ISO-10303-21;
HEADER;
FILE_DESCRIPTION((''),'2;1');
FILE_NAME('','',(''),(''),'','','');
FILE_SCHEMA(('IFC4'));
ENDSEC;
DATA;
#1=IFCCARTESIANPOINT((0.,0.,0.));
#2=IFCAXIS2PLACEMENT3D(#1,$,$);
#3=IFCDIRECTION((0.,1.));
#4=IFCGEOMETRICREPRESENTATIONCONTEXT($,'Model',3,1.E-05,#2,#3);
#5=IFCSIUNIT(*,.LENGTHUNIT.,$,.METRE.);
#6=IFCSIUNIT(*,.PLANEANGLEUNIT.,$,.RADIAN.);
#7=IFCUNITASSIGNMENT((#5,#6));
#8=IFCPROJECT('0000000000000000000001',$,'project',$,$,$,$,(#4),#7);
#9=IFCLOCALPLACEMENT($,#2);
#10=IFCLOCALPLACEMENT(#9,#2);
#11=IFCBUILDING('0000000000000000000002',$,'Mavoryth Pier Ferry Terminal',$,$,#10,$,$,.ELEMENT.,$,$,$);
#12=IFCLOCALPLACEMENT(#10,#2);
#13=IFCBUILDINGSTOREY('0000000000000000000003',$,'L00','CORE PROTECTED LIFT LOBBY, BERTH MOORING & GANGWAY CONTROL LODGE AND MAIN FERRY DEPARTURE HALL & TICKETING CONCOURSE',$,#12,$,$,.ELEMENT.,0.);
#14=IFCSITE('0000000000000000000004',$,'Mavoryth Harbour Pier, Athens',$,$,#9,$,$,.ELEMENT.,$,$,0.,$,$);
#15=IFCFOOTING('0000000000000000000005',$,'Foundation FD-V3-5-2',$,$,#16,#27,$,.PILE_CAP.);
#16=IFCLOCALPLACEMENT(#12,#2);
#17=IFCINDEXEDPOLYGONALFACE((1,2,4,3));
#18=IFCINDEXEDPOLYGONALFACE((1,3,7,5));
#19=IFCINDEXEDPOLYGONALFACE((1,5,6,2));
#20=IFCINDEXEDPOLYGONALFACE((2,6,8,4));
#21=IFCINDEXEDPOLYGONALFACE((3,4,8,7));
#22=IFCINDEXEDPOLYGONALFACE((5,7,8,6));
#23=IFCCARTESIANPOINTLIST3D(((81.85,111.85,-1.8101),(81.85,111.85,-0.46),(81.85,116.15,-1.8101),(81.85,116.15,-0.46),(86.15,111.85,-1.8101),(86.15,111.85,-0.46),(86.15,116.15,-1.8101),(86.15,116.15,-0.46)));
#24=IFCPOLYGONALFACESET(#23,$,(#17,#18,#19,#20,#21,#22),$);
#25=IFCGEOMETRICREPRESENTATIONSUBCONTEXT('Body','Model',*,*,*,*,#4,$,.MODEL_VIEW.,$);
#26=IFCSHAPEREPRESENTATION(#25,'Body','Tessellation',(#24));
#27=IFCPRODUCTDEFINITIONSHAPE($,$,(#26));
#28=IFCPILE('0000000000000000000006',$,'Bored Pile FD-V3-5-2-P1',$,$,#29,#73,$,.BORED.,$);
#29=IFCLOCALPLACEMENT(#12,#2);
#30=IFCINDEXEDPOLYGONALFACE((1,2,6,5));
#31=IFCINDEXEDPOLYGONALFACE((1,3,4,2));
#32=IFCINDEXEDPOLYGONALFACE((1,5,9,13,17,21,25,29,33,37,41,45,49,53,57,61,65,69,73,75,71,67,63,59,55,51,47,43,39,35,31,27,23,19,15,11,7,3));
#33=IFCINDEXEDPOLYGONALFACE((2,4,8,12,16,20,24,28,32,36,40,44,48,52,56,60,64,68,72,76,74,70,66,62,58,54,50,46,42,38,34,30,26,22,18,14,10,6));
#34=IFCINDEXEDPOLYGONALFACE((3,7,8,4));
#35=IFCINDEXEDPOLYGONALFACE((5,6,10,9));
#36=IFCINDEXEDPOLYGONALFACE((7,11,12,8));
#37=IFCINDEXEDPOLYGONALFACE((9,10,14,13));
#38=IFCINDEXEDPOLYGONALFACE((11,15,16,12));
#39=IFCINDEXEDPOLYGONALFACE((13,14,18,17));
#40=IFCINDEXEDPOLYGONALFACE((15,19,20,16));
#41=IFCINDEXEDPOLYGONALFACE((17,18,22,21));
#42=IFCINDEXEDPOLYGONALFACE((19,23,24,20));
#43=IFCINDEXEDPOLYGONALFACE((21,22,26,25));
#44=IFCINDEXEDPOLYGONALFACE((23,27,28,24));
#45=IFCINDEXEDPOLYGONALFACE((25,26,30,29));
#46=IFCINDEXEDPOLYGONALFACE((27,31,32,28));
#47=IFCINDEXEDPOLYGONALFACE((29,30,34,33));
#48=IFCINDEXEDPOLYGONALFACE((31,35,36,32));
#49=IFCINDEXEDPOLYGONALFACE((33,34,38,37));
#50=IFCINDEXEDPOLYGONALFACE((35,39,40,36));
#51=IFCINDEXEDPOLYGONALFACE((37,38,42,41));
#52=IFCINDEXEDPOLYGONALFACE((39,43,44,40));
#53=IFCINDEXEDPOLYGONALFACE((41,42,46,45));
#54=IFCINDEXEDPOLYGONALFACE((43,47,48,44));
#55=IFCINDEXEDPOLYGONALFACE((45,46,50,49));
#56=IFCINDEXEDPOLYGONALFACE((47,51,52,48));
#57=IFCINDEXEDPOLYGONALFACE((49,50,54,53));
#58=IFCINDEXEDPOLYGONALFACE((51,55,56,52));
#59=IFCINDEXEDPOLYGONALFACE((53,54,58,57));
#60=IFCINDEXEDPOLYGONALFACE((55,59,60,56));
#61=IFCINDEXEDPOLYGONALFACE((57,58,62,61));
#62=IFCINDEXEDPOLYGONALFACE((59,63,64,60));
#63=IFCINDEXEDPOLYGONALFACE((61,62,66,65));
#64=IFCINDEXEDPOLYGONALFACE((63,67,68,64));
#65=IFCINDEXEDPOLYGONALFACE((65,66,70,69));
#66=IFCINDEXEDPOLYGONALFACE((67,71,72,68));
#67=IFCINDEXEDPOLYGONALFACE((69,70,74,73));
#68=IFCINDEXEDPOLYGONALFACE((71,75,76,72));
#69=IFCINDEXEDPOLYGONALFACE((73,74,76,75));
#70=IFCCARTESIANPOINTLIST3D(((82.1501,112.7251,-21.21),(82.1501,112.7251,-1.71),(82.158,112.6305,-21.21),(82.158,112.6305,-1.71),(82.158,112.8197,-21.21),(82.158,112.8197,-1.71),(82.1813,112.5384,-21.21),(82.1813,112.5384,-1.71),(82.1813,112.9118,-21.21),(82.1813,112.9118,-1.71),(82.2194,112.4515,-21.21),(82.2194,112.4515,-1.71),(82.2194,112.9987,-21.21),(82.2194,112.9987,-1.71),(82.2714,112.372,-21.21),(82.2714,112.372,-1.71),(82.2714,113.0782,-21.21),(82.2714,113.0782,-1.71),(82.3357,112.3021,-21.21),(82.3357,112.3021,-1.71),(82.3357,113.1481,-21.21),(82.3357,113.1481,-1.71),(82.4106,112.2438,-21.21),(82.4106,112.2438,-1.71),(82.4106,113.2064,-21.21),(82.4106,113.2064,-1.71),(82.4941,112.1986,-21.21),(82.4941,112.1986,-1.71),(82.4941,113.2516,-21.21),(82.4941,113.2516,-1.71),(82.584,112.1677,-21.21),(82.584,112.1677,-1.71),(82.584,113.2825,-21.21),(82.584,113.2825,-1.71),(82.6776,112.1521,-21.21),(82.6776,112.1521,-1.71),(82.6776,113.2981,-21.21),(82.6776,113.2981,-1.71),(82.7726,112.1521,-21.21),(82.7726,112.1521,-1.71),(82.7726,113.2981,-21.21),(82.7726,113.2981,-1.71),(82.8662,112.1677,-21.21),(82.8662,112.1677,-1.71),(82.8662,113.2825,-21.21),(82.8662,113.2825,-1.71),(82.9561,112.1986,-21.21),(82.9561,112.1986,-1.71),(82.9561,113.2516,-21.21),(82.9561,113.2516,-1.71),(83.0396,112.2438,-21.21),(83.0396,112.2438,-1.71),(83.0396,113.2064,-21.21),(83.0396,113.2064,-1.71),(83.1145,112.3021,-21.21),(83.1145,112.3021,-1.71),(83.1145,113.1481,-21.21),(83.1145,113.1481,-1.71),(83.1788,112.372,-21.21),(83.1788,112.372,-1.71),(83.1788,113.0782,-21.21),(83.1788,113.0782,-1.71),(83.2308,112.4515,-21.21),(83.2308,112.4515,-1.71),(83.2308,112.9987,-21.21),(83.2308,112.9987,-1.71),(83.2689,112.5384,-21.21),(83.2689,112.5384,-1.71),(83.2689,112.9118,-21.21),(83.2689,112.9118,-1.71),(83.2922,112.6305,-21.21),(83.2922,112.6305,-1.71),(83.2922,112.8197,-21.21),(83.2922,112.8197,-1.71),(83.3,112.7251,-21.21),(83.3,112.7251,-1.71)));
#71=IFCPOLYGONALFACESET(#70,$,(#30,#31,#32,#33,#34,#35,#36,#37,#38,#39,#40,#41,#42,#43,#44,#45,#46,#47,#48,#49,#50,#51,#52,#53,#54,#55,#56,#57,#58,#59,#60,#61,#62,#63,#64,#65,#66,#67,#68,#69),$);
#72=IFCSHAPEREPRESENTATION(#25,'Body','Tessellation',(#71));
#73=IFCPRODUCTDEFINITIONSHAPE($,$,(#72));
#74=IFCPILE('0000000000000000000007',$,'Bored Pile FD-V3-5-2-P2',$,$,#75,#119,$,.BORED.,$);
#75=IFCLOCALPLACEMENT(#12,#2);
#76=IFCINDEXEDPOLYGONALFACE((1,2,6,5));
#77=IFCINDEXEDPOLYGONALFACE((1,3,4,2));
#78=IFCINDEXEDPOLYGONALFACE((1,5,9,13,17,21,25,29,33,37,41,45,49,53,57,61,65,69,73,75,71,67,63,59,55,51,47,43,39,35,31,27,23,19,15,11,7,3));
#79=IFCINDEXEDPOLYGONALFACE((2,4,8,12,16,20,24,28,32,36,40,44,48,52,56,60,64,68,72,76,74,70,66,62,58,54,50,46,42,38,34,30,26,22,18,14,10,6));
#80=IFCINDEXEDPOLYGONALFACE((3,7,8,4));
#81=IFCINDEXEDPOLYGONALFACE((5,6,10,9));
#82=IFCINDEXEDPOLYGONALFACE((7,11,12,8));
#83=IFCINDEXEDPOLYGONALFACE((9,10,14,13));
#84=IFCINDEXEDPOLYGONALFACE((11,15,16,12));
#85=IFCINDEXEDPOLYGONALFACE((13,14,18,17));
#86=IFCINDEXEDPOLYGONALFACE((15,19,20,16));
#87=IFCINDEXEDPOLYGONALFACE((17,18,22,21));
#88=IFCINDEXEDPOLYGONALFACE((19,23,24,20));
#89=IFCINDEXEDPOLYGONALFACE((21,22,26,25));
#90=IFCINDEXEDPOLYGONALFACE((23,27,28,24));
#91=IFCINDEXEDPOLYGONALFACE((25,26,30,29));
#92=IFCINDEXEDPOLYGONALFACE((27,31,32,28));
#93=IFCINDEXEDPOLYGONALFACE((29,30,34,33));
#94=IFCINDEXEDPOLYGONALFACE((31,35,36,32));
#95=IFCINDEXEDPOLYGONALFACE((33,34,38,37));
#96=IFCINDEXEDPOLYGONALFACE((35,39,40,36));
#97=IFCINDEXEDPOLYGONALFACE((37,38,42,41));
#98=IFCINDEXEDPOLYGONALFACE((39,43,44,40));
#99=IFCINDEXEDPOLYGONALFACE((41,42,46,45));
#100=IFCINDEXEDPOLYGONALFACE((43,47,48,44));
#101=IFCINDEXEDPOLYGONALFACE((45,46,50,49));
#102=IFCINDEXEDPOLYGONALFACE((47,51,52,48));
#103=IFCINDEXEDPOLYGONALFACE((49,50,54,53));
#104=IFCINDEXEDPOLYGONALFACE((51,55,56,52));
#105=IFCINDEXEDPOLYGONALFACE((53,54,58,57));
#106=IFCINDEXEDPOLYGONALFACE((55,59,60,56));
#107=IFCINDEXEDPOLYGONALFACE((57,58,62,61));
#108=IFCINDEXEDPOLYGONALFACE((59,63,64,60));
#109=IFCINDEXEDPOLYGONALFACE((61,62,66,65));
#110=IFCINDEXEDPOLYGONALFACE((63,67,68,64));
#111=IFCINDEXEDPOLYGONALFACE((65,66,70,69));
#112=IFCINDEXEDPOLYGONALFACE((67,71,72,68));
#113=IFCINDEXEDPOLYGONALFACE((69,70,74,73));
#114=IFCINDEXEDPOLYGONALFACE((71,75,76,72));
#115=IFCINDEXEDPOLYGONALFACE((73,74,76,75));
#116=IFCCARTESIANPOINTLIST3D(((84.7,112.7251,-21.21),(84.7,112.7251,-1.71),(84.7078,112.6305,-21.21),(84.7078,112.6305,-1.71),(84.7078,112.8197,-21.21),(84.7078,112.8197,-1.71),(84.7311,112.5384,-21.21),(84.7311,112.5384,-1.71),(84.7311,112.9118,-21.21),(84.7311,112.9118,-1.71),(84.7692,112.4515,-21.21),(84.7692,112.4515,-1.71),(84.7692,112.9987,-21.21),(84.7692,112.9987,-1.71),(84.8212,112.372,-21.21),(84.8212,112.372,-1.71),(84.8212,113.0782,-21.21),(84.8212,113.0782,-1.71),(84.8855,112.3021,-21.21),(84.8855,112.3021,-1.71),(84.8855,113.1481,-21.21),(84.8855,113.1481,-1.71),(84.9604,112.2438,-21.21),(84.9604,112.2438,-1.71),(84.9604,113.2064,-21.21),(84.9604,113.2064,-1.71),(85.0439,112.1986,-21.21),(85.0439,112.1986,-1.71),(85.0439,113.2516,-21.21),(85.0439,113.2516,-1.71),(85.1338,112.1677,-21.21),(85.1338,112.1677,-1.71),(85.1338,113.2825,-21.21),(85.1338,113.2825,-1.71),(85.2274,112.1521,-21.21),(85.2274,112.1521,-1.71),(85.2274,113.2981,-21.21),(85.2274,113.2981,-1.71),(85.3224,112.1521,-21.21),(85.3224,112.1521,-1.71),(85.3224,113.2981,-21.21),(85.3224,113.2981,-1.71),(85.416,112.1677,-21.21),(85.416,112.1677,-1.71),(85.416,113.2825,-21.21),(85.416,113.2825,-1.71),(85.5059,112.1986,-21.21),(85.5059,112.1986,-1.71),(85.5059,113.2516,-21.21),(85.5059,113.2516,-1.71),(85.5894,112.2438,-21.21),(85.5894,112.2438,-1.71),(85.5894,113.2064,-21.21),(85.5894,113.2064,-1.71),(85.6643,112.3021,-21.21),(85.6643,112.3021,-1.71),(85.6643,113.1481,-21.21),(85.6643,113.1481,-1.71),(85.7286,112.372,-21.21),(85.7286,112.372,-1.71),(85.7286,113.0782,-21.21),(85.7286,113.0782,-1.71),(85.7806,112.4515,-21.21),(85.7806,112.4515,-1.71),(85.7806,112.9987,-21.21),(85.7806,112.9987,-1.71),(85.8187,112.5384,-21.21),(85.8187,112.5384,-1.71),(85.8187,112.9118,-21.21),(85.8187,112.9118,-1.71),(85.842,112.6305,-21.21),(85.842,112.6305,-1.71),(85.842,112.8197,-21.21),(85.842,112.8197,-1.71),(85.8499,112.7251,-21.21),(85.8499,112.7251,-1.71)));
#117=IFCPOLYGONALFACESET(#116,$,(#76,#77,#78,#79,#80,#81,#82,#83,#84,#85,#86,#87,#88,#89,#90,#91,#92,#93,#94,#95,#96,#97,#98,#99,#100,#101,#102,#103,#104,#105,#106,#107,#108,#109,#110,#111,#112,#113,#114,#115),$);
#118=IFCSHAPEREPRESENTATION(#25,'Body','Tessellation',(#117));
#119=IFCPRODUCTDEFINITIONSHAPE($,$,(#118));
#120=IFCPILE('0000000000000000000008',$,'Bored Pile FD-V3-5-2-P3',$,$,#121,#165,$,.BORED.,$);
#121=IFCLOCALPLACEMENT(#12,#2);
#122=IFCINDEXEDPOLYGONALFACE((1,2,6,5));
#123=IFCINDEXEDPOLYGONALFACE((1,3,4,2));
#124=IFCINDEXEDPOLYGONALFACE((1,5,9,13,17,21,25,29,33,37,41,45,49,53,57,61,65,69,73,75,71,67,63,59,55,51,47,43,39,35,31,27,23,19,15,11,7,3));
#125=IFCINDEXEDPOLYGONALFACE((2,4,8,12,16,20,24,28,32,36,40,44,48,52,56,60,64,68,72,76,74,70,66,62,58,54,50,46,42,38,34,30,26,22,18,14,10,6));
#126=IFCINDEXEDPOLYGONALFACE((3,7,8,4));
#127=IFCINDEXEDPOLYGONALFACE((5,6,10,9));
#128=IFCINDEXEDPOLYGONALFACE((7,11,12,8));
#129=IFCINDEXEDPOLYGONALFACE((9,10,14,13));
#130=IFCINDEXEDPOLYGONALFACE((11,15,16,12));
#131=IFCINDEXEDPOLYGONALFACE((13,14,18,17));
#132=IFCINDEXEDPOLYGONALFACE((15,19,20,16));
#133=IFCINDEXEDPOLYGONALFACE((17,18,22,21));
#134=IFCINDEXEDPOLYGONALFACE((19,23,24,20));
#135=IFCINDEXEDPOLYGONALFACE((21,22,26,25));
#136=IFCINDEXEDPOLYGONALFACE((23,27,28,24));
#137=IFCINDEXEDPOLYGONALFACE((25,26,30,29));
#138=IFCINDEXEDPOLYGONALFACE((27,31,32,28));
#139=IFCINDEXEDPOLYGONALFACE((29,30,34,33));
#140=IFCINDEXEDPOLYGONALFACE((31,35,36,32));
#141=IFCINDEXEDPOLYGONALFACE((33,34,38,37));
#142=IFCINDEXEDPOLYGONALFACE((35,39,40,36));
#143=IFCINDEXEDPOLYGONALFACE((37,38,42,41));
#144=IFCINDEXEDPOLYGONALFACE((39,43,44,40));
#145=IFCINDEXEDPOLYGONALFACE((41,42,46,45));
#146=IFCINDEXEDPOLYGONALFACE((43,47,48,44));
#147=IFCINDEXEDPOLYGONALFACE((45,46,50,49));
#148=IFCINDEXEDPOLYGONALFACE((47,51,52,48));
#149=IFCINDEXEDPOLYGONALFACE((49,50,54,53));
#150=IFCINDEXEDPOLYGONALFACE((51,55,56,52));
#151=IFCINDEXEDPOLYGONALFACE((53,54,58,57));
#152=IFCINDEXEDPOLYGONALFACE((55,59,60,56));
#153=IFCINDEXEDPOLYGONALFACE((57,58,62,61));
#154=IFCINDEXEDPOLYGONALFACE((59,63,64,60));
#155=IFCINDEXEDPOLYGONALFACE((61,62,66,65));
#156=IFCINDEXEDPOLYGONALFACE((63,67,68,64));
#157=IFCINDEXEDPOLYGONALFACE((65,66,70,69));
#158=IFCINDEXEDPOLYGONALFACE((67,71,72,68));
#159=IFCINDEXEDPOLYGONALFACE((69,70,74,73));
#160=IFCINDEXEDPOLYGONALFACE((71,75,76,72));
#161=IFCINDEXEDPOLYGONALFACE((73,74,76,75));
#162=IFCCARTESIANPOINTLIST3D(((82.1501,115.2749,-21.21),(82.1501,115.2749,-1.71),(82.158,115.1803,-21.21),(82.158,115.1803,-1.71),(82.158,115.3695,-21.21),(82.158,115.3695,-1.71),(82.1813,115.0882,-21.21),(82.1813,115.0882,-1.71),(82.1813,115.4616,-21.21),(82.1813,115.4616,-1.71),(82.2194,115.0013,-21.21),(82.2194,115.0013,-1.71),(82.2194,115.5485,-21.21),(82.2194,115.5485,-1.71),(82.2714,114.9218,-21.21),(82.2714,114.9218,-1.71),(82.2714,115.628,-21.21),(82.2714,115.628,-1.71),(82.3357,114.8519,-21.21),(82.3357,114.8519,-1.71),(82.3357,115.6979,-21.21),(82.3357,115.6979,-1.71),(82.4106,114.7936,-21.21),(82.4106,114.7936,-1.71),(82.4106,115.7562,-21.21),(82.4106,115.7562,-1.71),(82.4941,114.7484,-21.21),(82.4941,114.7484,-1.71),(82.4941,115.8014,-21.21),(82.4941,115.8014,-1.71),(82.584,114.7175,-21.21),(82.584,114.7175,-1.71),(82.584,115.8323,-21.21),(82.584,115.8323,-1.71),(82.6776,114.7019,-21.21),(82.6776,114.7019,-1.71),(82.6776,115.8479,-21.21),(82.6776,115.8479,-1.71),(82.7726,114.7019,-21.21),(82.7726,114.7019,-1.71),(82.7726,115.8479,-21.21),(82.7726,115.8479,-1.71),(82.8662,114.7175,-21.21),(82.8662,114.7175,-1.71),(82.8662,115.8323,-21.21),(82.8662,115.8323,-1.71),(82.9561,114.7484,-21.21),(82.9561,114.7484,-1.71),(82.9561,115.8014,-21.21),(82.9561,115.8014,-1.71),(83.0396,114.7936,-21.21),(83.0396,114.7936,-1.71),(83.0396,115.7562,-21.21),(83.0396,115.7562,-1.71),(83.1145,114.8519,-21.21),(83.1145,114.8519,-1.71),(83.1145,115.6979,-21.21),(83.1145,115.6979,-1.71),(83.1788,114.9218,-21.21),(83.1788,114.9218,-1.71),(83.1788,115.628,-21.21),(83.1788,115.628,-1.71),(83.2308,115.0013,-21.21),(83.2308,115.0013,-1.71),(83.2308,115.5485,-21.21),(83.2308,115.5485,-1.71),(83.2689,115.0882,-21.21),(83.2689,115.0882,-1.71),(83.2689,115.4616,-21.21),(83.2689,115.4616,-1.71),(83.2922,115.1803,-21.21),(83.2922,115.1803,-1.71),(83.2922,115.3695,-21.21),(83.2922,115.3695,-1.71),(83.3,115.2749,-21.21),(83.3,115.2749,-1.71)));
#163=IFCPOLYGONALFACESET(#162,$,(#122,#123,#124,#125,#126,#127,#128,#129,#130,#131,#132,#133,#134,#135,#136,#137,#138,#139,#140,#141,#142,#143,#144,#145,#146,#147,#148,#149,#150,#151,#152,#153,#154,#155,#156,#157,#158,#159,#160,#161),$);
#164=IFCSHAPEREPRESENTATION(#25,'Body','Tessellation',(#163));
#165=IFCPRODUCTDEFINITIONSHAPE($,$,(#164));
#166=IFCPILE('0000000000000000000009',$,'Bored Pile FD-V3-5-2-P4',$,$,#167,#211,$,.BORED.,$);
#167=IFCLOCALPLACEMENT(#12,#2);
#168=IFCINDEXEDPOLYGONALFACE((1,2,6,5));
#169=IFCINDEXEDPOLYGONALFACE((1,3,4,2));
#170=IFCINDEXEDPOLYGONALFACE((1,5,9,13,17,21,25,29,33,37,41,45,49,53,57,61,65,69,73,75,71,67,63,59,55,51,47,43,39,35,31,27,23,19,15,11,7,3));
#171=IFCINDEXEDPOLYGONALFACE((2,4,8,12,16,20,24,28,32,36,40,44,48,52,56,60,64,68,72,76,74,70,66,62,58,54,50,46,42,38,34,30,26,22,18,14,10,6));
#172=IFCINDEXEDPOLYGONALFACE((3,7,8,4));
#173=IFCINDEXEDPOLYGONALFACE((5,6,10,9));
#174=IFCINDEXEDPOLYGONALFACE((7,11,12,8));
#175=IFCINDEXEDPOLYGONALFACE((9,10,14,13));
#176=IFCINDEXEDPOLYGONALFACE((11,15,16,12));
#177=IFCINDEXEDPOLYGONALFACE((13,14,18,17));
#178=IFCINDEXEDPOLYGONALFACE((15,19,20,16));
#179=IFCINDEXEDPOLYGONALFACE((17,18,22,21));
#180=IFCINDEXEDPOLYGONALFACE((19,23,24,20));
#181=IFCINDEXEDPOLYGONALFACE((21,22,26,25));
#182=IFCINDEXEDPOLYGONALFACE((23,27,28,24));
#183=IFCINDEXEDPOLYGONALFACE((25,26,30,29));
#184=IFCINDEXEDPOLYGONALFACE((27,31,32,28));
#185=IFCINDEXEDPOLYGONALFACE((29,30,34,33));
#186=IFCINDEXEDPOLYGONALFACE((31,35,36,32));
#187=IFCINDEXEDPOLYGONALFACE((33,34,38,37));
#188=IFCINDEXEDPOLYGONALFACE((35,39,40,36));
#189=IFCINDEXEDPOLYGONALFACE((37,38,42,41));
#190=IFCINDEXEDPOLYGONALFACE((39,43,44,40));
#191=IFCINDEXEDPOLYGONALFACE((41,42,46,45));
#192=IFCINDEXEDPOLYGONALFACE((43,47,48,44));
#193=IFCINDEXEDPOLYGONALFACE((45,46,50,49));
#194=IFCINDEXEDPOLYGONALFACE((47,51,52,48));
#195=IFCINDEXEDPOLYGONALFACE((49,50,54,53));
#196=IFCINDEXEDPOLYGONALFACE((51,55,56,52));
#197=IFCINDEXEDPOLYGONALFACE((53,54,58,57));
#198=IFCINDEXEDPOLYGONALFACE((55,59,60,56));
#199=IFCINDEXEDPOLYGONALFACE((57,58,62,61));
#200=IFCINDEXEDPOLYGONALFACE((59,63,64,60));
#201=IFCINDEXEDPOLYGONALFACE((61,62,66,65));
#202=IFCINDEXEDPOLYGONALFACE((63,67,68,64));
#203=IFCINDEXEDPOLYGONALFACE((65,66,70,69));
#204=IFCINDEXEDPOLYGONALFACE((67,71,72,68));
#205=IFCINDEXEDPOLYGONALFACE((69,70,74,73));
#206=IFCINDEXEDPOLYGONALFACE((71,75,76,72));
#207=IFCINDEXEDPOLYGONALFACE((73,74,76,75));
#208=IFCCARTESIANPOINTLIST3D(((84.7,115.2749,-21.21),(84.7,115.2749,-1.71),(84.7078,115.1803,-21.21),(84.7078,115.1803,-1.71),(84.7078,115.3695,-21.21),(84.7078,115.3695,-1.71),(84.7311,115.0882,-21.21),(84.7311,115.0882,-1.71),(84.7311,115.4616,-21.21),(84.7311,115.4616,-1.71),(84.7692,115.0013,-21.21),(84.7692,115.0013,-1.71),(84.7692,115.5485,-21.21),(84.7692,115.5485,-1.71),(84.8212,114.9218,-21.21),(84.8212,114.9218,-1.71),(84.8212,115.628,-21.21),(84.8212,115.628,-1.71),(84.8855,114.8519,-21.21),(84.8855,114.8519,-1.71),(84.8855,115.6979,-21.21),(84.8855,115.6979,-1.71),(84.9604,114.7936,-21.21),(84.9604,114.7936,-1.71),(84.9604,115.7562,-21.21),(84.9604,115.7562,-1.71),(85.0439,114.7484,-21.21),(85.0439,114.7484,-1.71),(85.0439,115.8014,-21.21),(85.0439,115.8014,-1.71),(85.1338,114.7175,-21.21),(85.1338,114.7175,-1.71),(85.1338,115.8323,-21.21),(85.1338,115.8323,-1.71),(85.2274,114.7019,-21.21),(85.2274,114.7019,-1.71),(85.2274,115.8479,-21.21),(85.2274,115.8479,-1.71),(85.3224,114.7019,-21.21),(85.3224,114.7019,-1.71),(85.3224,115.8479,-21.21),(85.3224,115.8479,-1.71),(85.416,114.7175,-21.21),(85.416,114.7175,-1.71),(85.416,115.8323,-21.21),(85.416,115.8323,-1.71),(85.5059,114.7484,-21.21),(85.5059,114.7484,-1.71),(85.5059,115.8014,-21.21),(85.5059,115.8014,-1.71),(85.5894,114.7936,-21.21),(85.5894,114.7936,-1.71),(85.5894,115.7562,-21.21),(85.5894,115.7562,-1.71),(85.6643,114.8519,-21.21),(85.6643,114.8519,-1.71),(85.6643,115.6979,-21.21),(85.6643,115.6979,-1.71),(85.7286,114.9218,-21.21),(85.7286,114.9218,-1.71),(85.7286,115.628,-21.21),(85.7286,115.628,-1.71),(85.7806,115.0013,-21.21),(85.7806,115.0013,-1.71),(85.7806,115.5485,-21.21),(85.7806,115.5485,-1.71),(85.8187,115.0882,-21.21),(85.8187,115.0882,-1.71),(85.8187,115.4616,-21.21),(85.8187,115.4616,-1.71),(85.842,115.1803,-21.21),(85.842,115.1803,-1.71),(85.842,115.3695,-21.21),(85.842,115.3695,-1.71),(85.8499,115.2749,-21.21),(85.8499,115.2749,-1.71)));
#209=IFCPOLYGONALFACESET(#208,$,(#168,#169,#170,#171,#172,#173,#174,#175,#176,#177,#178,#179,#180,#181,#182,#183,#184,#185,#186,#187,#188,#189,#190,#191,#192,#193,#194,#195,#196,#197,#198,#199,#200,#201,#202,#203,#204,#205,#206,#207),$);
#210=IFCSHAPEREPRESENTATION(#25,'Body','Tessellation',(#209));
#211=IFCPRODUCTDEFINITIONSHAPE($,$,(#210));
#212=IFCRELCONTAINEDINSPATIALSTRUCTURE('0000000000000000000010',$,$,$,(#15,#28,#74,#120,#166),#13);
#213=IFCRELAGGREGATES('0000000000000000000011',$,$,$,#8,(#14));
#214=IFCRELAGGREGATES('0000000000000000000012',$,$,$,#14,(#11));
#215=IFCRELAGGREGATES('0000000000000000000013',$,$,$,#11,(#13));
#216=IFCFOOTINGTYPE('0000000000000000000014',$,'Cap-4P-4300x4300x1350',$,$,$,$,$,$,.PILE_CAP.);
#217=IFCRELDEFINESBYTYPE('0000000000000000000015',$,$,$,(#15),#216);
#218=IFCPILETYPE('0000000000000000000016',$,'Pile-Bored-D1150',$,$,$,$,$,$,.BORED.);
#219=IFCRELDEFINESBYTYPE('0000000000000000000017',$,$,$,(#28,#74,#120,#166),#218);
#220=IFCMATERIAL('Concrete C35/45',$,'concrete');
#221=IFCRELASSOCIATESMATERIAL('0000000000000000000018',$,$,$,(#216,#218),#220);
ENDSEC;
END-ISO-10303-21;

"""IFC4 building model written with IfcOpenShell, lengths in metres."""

from ifc_helpers import new_model, si_unit, direction, frame, origin, origin_2d, place, context, subcontext, project, spatial, rectangle, circle, extrude, material, material_profile, profile_set, type_object, element, save


model = new_model("IFC4")

# Units and contexts
model_context = context("Model", 3, precision=1e-05, world=origin(), true_north=direction((0.0, 1.0)))
body_context = subcontext(model_context, "Body", "Model", "MODEL_VIEW")
ifc_project = project(units=[si_unit("LENGTHUNIT", "METRE"), si_unit("PLANEANGLEUNIT", "RADIAN")], contexts=[model_context])

# Site, building, storey
site_placement = place(None, origin())
site = spatial("IfcSite", under=ifc_project, at=site_placement, Name="Mavoryth Harbour Pier, Athens", CompositionType="ELEMENT", RefElevation=0.0)
building_placement = place(site_placement, origin())
building = spatial("IfcBuilding", under=site, at=building_placement, Name="Mavoryth Pier Ferry Terminal", CompositionType="ELEMENT")
storey_placement = place(building_placement, origin())
storey = spatial("IfcBuildingStorey", under=building, at=storey_placement, Name="L00", Description="CORE PROTECTED LIFT LOBBY, BERTH MOORING & GANGWAY CONTROL LODGE AND MAIN FERRY DEPARTURE HALL & TICKETING CONCOURSE", CompositionType="ELEMENT", Elevation=0.0)

# Footing
ifc_material_1 = material(Name="Concrete C35/45", Category="concrete")
footing_type_1 = type_object("IfcFootingType", Name="Cap-4P-4300x4300x1350", PredefinedType="PILE_CAP", material=ifc_material_1)
footing_1_placement = place(storey_placement, frame((84.0, 114.0, -1.8101), z_axis=(0.0, 0.0, 1.0), x_axis=(1.0, 0.0, 0.0)))
element("IfcFooting", 1, at=footing_1_placement, inside=storey, type_object=footing_type_1, Name="Foundation FD-V3-5-2", PredefinedType="PILE_CAP", context=body_context, shape_type="SweptSolid", body=[
    extrude(rectangle(XDim=4.3, YDim=4.3, at=origin_2d()), origin(), (0.0, 0.0, 1.0), 1.3501),
])

# Piles
ifc_material_profile_1 = material_profile(ifc_material_1, circle(Radius=0.575, at=origin_2d()), Name="PILE D1150", Category="concrete")
ifc_profile_set_1 = profile_set([ifc_material_profile_1], Name="Concrete C35/45 - PILE D1150")
pile_type_1 = type_object("IfcPileType", Name="Pile-Bored-D1150", PredefinedType="BORED", material=ifc_profile_set_1)
for number, where, z_axis, x_axis, name in (
    (2, (82.7251, 112.7251, -1.71), (0.0, 0.0, -1.0), (1.0, 0.0, 0.0), "Bored Pile FD-V3-5-2-P1"),
    (3, (85.2749, 112.7251, -1.71), (0.0, 0.0, -1.0), (1.0, 0.0, 0.0), "Bored Pile FD-V3-5-2-P2"),
    (4, (82.7251, 115.2749, -1.71), (0.0, 0.0, -1.0), (1.0, 0.0, 0.0), "Bored Pile FD-V3-5-2-P3"),
    (5, (85.2749, 115.2749, -1.71), (0.0, 0.0, -1.0), (1.0, 0.0, 0.0), "Bored Pile FD-V3-5-2-P4"),
):
    element("IfcPile", number, at=place(storey_placement, frame(where, z_axis=z_axis, x_axis=x_axis)), inside=storey, type_object=pile_type_1, Name=name, PredefinedType="BORED", context=body_context, shape_type="SweptSolid", body=[
        extrude(circle(Radius=0.575, at=origin_2d()), origin(), (0.0, 0.0, 1.0), 19.5),
    ])

save(model, "model.ifc")
